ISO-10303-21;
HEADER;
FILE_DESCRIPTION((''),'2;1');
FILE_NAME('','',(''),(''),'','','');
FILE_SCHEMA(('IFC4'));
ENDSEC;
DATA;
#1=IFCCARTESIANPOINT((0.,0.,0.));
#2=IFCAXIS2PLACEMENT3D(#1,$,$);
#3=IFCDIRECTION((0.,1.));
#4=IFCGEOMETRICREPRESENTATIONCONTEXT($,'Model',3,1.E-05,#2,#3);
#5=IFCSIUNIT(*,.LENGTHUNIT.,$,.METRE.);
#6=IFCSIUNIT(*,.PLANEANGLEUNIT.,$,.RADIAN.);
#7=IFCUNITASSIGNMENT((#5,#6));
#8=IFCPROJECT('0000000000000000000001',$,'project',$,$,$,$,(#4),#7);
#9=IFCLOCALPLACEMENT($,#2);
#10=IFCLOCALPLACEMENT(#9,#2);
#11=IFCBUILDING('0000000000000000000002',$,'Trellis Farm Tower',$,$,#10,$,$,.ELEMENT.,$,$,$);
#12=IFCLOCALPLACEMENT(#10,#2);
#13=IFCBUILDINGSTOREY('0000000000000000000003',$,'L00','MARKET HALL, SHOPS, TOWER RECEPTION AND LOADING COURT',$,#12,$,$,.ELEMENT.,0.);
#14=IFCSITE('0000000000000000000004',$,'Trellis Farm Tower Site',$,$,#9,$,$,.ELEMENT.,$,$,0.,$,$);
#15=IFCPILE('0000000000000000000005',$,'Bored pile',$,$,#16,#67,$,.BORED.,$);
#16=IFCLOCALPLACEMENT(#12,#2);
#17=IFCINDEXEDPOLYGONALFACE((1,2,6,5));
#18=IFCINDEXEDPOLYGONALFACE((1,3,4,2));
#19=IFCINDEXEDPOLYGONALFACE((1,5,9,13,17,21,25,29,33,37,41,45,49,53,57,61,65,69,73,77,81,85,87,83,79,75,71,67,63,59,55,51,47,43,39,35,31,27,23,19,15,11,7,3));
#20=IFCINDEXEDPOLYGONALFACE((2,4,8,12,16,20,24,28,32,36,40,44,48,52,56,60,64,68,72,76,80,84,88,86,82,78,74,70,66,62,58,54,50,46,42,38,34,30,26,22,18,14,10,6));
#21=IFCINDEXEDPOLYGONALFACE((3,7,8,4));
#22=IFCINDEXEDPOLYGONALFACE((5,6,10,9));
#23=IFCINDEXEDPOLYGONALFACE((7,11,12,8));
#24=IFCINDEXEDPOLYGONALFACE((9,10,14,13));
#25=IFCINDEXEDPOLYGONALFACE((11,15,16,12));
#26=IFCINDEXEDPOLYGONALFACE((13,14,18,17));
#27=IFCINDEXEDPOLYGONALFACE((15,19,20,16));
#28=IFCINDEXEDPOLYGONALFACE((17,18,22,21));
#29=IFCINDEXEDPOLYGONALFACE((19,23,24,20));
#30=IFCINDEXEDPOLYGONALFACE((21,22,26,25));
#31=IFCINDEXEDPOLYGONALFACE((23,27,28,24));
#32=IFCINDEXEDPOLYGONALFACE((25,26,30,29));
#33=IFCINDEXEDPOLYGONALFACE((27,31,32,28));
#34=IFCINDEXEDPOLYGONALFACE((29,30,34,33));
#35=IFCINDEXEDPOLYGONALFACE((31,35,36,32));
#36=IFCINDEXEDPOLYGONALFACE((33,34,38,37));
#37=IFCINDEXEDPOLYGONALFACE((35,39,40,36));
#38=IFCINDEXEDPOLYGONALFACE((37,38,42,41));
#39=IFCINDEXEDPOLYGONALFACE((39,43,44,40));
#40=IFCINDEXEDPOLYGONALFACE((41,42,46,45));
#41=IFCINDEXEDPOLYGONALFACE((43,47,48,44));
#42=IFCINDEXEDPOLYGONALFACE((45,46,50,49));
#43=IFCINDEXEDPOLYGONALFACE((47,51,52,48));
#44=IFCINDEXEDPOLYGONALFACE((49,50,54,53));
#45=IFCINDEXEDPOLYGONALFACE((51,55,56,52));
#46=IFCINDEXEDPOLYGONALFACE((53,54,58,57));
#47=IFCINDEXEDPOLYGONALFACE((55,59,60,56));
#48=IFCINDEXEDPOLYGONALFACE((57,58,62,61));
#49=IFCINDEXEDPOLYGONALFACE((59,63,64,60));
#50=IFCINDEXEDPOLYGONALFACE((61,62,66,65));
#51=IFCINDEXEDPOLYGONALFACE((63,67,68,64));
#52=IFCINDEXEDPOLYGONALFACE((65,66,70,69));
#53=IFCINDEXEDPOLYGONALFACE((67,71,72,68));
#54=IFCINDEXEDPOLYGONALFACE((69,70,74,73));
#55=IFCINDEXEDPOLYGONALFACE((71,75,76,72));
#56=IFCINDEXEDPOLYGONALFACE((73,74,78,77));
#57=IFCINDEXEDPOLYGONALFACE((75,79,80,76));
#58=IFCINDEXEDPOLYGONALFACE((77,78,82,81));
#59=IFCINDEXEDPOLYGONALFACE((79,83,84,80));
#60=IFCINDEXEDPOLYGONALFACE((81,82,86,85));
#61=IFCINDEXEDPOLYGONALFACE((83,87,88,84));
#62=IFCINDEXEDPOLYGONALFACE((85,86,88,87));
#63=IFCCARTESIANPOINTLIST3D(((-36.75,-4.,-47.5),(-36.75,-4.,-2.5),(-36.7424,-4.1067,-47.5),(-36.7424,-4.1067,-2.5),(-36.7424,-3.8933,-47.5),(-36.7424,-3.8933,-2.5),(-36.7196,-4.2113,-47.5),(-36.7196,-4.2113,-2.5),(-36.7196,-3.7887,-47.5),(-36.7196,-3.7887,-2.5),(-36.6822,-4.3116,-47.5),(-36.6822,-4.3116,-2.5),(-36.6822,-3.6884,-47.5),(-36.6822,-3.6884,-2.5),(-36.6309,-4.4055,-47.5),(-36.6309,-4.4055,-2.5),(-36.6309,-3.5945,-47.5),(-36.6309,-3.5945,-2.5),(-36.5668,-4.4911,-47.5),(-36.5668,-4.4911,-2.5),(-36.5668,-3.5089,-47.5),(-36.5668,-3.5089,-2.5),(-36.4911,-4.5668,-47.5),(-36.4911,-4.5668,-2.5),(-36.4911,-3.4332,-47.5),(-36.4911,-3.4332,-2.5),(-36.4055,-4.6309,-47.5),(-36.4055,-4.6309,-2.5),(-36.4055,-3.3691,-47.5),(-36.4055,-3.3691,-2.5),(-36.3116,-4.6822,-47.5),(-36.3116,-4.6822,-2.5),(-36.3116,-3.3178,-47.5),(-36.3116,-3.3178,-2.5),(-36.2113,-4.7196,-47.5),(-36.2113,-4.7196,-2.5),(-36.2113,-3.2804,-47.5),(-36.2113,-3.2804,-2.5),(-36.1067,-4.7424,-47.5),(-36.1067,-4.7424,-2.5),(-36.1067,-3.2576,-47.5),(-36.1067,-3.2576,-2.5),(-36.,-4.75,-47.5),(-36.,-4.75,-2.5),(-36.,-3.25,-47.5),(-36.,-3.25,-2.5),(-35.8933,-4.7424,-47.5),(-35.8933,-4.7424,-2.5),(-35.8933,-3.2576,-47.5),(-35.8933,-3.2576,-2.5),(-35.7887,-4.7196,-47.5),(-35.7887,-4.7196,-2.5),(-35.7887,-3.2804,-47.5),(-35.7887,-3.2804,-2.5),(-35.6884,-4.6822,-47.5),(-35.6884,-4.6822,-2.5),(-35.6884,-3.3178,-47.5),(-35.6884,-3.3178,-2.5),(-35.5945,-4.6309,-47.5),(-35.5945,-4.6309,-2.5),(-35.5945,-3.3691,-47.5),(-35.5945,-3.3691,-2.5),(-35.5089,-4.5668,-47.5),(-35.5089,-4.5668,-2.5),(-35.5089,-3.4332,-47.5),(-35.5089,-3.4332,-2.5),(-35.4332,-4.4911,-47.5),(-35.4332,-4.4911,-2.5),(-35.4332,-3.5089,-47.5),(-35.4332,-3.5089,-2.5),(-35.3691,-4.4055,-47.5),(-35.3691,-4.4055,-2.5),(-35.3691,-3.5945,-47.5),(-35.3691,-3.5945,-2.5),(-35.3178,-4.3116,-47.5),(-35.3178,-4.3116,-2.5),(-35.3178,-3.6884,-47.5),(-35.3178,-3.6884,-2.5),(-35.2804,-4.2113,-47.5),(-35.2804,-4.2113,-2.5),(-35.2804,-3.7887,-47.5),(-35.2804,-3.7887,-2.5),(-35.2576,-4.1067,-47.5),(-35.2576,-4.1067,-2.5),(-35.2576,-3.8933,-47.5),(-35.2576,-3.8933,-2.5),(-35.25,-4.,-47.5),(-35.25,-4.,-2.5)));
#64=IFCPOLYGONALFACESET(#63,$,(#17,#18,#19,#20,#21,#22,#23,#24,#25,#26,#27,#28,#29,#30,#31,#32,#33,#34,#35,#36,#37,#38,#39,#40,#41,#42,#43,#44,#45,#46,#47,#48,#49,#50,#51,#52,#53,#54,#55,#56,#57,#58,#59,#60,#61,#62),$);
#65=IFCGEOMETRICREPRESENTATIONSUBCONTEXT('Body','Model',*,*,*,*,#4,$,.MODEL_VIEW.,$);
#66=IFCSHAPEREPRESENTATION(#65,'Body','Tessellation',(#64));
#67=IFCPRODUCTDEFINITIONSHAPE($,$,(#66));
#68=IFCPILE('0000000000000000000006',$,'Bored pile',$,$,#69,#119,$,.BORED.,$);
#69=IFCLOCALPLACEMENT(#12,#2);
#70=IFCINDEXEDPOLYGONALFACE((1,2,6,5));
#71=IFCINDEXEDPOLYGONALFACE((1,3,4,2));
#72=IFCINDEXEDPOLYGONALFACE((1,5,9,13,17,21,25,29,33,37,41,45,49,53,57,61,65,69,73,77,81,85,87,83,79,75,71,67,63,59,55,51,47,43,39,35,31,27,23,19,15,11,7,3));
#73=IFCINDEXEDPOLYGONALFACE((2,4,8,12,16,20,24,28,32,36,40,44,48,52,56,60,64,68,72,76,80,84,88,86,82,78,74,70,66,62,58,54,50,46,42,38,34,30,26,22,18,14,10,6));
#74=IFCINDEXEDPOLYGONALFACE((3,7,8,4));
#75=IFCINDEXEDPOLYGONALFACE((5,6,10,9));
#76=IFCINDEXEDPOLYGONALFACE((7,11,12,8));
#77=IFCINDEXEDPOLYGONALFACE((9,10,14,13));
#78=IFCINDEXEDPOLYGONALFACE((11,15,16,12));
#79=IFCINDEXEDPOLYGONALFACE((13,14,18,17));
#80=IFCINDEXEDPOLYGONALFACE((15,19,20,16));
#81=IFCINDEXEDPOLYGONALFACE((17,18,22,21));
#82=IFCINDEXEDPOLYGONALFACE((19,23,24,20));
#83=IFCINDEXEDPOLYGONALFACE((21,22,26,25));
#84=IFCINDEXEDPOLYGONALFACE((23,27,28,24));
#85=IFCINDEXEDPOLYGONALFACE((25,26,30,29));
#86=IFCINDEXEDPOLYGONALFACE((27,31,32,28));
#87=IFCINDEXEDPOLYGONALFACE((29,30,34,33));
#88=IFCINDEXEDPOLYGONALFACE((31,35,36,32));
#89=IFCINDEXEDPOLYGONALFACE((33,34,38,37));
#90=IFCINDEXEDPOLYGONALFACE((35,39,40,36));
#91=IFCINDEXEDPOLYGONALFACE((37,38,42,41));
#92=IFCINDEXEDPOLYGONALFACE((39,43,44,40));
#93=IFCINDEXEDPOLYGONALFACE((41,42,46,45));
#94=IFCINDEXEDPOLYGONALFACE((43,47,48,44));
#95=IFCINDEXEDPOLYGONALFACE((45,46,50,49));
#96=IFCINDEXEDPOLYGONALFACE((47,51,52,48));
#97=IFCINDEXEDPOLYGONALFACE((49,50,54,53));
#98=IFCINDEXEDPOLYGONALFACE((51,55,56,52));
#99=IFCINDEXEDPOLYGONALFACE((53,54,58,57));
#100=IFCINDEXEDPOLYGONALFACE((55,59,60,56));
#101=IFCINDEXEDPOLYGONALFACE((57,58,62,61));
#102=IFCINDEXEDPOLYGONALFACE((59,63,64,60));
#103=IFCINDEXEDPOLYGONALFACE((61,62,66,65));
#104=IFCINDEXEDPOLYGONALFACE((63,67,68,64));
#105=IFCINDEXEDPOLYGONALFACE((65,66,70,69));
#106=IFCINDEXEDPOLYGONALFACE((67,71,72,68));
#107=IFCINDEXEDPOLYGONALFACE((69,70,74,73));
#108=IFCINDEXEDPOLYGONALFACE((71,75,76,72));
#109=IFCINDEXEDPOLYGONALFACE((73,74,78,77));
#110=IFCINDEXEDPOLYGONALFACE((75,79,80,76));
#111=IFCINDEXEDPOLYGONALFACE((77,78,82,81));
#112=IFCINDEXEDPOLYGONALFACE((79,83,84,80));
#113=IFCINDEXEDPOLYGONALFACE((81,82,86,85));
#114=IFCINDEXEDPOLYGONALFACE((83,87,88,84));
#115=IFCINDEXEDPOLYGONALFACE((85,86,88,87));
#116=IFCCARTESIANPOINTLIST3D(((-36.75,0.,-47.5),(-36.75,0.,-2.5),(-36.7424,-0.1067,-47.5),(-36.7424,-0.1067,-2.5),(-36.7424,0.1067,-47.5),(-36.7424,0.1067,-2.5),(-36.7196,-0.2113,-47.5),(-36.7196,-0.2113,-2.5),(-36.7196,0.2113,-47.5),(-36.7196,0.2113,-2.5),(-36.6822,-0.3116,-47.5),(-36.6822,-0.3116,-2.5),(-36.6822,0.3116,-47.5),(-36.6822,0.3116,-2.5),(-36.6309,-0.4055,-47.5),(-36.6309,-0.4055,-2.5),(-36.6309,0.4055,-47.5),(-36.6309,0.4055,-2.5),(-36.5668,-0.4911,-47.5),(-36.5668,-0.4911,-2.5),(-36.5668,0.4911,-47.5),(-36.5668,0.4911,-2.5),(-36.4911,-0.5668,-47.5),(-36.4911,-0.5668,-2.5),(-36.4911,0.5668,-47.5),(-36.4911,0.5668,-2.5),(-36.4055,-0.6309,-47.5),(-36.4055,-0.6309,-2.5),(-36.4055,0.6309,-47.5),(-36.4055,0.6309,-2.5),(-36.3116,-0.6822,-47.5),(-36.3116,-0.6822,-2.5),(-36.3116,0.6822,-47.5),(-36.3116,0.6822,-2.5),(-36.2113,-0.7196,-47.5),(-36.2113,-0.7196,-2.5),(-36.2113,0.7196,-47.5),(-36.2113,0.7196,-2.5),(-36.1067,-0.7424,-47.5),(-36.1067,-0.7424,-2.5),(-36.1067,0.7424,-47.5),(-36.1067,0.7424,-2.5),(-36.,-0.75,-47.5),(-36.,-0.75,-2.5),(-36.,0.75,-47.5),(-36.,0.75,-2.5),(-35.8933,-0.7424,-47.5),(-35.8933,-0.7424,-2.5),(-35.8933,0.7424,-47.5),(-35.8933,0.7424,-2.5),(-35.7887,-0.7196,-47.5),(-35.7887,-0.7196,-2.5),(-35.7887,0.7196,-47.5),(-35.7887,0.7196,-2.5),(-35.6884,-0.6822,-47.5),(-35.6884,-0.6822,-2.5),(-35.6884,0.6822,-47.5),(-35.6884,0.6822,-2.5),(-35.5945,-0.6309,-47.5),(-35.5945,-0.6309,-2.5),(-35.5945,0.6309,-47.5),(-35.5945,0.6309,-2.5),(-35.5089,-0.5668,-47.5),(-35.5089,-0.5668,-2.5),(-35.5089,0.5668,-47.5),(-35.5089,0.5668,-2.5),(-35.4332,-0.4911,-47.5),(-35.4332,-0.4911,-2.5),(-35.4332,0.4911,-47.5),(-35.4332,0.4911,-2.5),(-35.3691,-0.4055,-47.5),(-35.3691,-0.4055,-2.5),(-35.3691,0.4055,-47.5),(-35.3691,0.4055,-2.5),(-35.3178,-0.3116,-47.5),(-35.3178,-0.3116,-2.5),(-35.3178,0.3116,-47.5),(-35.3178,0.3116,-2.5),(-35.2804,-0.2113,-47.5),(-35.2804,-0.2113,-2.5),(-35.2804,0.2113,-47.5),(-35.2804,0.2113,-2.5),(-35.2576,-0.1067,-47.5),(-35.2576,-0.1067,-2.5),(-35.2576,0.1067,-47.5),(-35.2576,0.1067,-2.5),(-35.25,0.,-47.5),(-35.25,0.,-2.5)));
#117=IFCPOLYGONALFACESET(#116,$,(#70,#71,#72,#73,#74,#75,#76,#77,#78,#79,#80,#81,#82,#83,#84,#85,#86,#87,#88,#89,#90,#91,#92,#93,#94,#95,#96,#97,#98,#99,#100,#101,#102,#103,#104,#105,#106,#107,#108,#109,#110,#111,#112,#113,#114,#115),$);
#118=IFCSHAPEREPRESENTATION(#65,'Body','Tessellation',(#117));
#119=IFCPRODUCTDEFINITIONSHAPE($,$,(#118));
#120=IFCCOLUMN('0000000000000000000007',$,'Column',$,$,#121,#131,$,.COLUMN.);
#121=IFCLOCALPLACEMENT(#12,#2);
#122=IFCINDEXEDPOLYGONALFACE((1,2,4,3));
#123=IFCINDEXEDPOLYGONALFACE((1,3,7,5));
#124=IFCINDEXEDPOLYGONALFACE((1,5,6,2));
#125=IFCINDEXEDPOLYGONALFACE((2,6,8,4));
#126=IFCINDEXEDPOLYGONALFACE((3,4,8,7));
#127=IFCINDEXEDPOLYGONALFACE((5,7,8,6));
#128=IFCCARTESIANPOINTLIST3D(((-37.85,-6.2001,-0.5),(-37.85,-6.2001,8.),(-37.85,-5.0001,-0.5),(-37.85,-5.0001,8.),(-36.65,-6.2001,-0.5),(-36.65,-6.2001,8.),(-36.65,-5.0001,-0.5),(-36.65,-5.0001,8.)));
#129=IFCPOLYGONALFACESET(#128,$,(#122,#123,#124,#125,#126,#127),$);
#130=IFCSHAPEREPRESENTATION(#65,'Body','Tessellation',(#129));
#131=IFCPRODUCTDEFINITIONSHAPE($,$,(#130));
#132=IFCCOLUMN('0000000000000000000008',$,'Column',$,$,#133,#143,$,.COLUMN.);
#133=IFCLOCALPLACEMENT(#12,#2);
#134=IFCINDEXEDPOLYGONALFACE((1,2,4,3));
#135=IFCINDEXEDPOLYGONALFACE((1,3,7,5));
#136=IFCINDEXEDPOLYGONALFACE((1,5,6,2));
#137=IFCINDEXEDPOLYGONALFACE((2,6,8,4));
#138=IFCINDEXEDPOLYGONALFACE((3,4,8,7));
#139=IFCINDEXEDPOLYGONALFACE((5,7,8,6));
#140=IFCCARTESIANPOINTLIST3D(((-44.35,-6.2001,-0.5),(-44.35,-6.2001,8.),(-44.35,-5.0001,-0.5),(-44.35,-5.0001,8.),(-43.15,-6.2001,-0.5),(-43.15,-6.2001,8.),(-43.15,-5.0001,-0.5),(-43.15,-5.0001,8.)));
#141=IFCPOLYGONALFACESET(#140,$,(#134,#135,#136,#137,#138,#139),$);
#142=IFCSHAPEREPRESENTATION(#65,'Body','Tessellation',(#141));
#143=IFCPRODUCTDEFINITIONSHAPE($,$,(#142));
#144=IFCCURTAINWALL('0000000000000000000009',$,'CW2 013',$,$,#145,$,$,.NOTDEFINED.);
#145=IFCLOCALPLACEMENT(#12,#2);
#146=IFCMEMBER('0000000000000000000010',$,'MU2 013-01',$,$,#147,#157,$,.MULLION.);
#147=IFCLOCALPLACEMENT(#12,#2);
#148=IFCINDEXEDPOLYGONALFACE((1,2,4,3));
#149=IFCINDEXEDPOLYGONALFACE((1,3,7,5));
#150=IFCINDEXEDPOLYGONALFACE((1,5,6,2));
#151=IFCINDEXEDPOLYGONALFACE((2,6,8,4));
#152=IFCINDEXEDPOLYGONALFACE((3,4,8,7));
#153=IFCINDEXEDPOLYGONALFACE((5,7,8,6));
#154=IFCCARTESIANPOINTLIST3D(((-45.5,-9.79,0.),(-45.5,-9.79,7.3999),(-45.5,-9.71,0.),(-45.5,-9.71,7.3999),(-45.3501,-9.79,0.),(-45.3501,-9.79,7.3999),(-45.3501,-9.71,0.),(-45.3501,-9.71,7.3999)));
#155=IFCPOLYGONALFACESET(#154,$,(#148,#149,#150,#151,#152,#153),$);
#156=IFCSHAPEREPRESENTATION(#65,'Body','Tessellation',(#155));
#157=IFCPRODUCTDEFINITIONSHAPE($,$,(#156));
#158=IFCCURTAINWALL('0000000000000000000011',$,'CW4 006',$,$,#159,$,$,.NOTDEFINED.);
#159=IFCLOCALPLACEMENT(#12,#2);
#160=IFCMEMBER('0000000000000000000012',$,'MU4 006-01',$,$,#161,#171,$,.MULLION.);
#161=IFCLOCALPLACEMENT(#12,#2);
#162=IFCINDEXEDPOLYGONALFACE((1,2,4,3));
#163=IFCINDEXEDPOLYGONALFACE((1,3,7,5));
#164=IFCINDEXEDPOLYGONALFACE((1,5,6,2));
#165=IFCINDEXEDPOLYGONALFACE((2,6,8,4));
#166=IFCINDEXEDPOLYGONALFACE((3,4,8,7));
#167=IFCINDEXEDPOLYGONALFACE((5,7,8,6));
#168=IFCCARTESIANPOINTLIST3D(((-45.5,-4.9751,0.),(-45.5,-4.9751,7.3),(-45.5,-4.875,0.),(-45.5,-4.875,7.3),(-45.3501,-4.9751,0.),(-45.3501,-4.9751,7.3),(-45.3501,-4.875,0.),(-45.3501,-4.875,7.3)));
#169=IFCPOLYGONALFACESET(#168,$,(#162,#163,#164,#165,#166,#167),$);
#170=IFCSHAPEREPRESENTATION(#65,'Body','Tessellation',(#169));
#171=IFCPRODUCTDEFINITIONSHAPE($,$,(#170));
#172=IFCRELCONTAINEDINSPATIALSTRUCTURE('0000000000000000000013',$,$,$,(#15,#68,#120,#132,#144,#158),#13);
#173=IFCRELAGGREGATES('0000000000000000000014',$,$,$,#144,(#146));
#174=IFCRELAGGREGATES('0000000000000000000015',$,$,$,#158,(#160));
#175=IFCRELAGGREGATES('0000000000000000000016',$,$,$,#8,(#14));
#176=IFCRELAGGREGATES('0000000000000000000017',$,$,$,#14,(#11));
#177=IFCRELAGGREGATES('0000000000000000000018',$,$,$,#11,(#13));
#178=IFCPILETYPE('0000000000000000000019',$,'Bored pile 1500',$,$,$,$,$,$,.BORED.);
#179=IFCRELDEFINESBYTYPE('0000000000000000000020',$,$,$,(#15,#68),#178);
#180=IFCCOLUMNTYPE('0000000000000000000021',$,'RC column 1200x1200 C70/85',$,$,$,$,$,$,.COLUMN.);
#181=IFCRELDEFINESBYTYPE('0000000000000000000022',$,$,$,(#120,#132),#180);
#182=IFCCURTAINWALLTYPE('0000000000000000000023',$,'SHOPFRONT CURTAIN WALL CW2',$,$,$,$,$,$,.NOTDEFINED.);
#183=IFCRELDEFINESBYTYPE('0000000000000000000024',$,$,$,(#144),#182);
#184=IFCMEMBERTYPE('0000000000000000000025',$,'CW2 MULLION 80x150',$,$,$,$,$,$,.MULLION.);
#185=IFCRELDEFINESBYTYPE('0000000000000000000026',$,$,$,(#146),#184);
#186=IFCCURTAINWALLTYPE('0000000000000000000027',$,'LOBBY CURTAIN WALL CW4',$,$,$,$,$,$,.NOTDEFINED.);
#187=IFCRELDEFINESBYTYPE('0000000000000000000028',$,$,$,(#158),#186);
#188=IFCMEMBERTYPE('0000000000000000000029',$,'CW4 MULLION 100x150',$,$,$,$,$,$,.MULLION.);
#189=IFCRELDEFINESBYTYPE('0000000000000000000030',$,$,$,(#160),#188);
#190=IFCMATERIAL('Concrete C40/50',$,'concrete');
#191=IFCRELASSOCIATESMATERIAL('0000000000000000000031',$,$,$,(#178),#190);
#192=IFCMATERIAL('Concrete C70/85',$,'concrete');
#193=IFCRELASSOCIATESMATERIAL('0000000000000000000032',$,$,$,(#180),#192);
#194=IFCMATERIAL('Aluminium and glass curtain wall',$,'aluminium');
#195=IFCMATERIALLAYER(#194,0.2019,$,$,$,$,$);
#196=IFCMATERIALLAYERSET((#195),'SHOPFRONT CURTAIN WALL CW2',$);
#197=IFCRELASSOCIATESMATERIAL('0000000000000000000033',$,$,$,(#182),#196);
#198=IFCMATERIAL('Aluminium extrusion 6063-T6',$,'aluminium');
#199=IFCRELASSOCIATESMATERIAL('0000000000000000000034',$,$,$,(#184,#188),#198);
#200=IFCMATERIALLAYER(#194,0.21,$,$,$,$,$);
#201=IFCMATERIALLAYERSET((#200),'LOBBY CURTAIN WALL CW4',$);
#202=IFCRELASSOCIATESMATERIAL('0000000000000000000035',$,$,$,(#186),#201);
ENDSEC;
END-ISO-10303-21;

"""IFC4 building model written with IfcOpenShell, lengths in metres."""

from ifc_helpers import new_model, si_unit, direction, frame, origin, origin_2d, place, context, subcontext, project, spatial, rectangle, circle, extrude, source, transform, mapped, material, layer, layer_set, material_profile, profile_set, type_object, element, aggregate, save


model = new_model("IFC4")

# Units and contexts
model_context = context("Model", 3, precision=1e-05, world=origin(), true_north=direction((0.0, 1.0)))
body_context = subcontext(model_context, "Body", "Model", "MODEL_VIEW")
ifc_project = project(units=[si_unit("LENGTHUNIT", "METRE"), si_unit("PLANEANGLEUNIT", "RADIAN")], contexts=[model_context])

# Site, building, storey
site_placement = place(None, origin())
site = spatial("IfcSite", under=ifc_project, at=site_placement, Name="Trellis Farm Tower Site", CompositionType="ELEMENT", RefElevation=0.0)
building_placement = place(site_placement, origin())
building = spatial("IfcBuilding", under=site, at=building_placement, Name="Trellis Farm Tower", CompositionType="ELEMENT")
storey_placement = place(building_placement, origin())
storey = spatial("IfcBuildingStorey", under=building, at=storey_placement, Name="L00", Description="MARKET HALL, SHOPS, TOWER RECEPTION AND LOADING COURT", CompositionType="ELEMENT", Elevation=0.0)

# Piles
ifc_material_1 = material(Name="Concrete C40/50", Category="concrete")
ifc_material_profile_1 = material_profile(ifc_material_1, circle(Radius=0.75, at=origin_2d()), Name="Bored pile 1500")
ifc_profile_set_1 = profile_set([ifc_material_profile_1], Name="Concrete C40/50")
pile_type = type_object("IfcPileType", Name="Bored pile 1500", PredefinedType="BORED", material=ifc_profile_set_1)
shared_shape_1 = source(origin(), body_context, "Body", "SweptSolid", [
    extrude(circle(Radius=0.75, at=origin_2d()), origin(), (0.0, 0.0, 1.0), 45.0),
])
for number, where, z_axis, x_axis, name in (
    (1, (-36.0, -4.0, -2.5), (0.0, 0.0, -1.0), (1.0, 0.0, 0.0), "Bored pile"),
    (2, (-36.0, 0.0, -2.5), (0.0, 0.0, -1.0), (1.0, 0.0, 0.0), "Bored pile"),
):
    element("IfcPile", number, at=place(storey_placement, frame(where, z_axis=z_axis, x_axis=x_axis)), inside=storey, type_object=pile_type, Name=name, PredefinedType="BORED", context=body_context, shape_type="MappedRepresentation", body=[
        mapped(shared_shape_1, transform((0.0, 0.0, 0.0))),
    ])

# Columns
ifc_material_2 = material(Name="Concrete C70/85", Category="concrete")
ifc_material_profile_2 = material_profile(ifc_material_2, rectangle(XDim=1.2, YDim=1.2, at=origin_2d()), Name="RC column 1200x1200 C70/85")
ifc_profile_set_2 = profile_set([ifc_material_profile_2], Name="Concrete C70/85")
column_type = type_object("IfcColumnType", Name="RC column 1200x1200 C70/85", PredefinedType="COLUMN", material=ifc_profile_set_2)
shared_shape_2 = source(origin(), body_context, "Body", "SweptSolid", [
    extrude(rectangle(XDim=1.2, YDim=1.2, at=origin_2d()), origin(), (0.0, 0.0, 1.0), 8.5),
])
for number, where, z_axis, x_axis, name in (
    (3, (-37.25, -5.6001, -0.5), (0.0, 0.0, 1.0), (1.0, 0.0, 0.0), "Column"),
    (4, (-43.75, -5.6001, -0.5), (0.0, 0.0, 1.0), (1.0, 0.0, 0.0), "Column"),
):
    element("IfcColumn", number, at=place(storey_placement, frame(where, z_axis=z_axis, x_axis=x_axis)), inside=storey, type_object=column_type, Name=name, PredefinedType="COLUMN", context=body_context, shape_type="MappedRepresentation", body=[
        mapped(shared_shape_2, transform((0.0, 0.0, 0.0))),
    ])

# Curtain walls, members
ifc_material_3 = material(Name="Aluminium and glass curtain wall", Category="aluminium")
ifc_layer_1 = layer(ifc_material_3, 0.2019)
ifc_layer_set_1 = layer_set([ifc_layer_1], Name="SHOPFRONT CURTAIN WALL CW2")
curtain_wall_type_1 = type_object("IfcCurtainWallType", Name="SHOPFRONT CURTAIN WALL CW2", PredefinedType="NOTDEFINED", material=ifc_layer_set_1)
placement = place(storey_placement, origin())
curtain_wall_1 = element("IfcCurtainWall", 5, at=placement, inside=storey, type_object=curtain_wall_type_1, Name="CW2 013", PredefinedType="NOTDEFINED")
ifc_material_4 = material(Name="Aluminium extrusion 6063-T6", Category="aluminium")
ifc_material_profile_3 = material_profile(ifc_material_4, rectangle(XDim=0.0801, YDim=0.1499, at=origin_2d()), Name="MULLION 80x150")
ifc_profile_set_3 = profile_set([ifc_material_profile_3], Name="Aluminium extrusion 6063-T6")
member_type_1 = type_object("IfcMemberType", Name="CW2 MULLION 80x150", PredefinedType="MULLION", material=ifc_profile_set_3)
shared_shape_3 = source(origin(), body_context, "Body", "SweptSolid", [
    extrude(rectangle(XDim=0.0801, YDim=0.1499, at=origin_2d()), origin(), (0.0, 0.0, 1.0), 7.3999),
])
member_1_placement = place(storey_placement, frame((-45.425, -9.75, 0.0), z_axis=(0.0, 0.0, 1.0), x_axis=(0.0, -1.0, 0.0)))
member_1 = element("IfcMember", 6, at=member_1_placement, type_object=member_type_1, Name="MU2 013-01", PredefinedType="MULLION", context=body_context, shape_type="MappedRepresentation", body=[
    mapped(shared_shape_3, transform((0.0, 0.0, 0.0))),
])
aggregate(curtain_wall_1, [member_1])
ifc_layer_2 = layer(ifc_material_3, 0.21)
ifc_layer_set_2 = layer_set([ifc_layer_2], Name="LOBBY CURTAIN WALL CW4")
curtain_wall_type_2 = type_object("IfcCurtainWallType", Name="LOBBY CURTAIN WALL CW4", PredefinedType="NOTDEFINED", material=ifc_layer_set_2)
curtain_wall_2 = element("IfcCurtainWall", 7, at=placement, inside=storey, type_object=curtain_wall_type_2, Name="CW4 006", PredefinedType="NOTDEFINED")
ifc_material_profile_4 = material_profile(ifc_material_4, rectangle(XDim=0.1001, YDim=0.1499, at=origin_2d()), Name="MULLION 100x150")
ifc_profile_set_4 = profile_set([ifc_material_profile_4], Name="Aluminium extrusion 6063-T6")
member_type_2 = type_object("IfcMemberType", Name="CW4 MULLION 100x150", PredefinedType="MULLION", material=ifc_profile_set_4)
shared_shape_4 = source(origin(), body_context, "Body", "SweptSolid", [
    extrude(rectangle(XDim=0.1001, YDim=0.1499, at=origin_2d()), origin(), (0.0, 0.0, 1.0), 7.3),
])
member_2_placement = place(storey_placement, frame((-45.425, -4.925, 0.0), z_axis=(0.0, 0.0, 1.0), x_axis=(0.0, -1.0, 0.0)))
member_2 = element("IfcMember", 8, at=member_2_placement, type_object=member_type_2, Name="MU4 006-01", PredefinedType="MULLION", context=body_context, shape_type="MappedRepresentation", body=[
    mapped(shared_shape_4, transform((0.0, 0.0, 0.0))),
])
aggregate(curtain_wall_2, [member_2])

save(model, "model.ifc")
